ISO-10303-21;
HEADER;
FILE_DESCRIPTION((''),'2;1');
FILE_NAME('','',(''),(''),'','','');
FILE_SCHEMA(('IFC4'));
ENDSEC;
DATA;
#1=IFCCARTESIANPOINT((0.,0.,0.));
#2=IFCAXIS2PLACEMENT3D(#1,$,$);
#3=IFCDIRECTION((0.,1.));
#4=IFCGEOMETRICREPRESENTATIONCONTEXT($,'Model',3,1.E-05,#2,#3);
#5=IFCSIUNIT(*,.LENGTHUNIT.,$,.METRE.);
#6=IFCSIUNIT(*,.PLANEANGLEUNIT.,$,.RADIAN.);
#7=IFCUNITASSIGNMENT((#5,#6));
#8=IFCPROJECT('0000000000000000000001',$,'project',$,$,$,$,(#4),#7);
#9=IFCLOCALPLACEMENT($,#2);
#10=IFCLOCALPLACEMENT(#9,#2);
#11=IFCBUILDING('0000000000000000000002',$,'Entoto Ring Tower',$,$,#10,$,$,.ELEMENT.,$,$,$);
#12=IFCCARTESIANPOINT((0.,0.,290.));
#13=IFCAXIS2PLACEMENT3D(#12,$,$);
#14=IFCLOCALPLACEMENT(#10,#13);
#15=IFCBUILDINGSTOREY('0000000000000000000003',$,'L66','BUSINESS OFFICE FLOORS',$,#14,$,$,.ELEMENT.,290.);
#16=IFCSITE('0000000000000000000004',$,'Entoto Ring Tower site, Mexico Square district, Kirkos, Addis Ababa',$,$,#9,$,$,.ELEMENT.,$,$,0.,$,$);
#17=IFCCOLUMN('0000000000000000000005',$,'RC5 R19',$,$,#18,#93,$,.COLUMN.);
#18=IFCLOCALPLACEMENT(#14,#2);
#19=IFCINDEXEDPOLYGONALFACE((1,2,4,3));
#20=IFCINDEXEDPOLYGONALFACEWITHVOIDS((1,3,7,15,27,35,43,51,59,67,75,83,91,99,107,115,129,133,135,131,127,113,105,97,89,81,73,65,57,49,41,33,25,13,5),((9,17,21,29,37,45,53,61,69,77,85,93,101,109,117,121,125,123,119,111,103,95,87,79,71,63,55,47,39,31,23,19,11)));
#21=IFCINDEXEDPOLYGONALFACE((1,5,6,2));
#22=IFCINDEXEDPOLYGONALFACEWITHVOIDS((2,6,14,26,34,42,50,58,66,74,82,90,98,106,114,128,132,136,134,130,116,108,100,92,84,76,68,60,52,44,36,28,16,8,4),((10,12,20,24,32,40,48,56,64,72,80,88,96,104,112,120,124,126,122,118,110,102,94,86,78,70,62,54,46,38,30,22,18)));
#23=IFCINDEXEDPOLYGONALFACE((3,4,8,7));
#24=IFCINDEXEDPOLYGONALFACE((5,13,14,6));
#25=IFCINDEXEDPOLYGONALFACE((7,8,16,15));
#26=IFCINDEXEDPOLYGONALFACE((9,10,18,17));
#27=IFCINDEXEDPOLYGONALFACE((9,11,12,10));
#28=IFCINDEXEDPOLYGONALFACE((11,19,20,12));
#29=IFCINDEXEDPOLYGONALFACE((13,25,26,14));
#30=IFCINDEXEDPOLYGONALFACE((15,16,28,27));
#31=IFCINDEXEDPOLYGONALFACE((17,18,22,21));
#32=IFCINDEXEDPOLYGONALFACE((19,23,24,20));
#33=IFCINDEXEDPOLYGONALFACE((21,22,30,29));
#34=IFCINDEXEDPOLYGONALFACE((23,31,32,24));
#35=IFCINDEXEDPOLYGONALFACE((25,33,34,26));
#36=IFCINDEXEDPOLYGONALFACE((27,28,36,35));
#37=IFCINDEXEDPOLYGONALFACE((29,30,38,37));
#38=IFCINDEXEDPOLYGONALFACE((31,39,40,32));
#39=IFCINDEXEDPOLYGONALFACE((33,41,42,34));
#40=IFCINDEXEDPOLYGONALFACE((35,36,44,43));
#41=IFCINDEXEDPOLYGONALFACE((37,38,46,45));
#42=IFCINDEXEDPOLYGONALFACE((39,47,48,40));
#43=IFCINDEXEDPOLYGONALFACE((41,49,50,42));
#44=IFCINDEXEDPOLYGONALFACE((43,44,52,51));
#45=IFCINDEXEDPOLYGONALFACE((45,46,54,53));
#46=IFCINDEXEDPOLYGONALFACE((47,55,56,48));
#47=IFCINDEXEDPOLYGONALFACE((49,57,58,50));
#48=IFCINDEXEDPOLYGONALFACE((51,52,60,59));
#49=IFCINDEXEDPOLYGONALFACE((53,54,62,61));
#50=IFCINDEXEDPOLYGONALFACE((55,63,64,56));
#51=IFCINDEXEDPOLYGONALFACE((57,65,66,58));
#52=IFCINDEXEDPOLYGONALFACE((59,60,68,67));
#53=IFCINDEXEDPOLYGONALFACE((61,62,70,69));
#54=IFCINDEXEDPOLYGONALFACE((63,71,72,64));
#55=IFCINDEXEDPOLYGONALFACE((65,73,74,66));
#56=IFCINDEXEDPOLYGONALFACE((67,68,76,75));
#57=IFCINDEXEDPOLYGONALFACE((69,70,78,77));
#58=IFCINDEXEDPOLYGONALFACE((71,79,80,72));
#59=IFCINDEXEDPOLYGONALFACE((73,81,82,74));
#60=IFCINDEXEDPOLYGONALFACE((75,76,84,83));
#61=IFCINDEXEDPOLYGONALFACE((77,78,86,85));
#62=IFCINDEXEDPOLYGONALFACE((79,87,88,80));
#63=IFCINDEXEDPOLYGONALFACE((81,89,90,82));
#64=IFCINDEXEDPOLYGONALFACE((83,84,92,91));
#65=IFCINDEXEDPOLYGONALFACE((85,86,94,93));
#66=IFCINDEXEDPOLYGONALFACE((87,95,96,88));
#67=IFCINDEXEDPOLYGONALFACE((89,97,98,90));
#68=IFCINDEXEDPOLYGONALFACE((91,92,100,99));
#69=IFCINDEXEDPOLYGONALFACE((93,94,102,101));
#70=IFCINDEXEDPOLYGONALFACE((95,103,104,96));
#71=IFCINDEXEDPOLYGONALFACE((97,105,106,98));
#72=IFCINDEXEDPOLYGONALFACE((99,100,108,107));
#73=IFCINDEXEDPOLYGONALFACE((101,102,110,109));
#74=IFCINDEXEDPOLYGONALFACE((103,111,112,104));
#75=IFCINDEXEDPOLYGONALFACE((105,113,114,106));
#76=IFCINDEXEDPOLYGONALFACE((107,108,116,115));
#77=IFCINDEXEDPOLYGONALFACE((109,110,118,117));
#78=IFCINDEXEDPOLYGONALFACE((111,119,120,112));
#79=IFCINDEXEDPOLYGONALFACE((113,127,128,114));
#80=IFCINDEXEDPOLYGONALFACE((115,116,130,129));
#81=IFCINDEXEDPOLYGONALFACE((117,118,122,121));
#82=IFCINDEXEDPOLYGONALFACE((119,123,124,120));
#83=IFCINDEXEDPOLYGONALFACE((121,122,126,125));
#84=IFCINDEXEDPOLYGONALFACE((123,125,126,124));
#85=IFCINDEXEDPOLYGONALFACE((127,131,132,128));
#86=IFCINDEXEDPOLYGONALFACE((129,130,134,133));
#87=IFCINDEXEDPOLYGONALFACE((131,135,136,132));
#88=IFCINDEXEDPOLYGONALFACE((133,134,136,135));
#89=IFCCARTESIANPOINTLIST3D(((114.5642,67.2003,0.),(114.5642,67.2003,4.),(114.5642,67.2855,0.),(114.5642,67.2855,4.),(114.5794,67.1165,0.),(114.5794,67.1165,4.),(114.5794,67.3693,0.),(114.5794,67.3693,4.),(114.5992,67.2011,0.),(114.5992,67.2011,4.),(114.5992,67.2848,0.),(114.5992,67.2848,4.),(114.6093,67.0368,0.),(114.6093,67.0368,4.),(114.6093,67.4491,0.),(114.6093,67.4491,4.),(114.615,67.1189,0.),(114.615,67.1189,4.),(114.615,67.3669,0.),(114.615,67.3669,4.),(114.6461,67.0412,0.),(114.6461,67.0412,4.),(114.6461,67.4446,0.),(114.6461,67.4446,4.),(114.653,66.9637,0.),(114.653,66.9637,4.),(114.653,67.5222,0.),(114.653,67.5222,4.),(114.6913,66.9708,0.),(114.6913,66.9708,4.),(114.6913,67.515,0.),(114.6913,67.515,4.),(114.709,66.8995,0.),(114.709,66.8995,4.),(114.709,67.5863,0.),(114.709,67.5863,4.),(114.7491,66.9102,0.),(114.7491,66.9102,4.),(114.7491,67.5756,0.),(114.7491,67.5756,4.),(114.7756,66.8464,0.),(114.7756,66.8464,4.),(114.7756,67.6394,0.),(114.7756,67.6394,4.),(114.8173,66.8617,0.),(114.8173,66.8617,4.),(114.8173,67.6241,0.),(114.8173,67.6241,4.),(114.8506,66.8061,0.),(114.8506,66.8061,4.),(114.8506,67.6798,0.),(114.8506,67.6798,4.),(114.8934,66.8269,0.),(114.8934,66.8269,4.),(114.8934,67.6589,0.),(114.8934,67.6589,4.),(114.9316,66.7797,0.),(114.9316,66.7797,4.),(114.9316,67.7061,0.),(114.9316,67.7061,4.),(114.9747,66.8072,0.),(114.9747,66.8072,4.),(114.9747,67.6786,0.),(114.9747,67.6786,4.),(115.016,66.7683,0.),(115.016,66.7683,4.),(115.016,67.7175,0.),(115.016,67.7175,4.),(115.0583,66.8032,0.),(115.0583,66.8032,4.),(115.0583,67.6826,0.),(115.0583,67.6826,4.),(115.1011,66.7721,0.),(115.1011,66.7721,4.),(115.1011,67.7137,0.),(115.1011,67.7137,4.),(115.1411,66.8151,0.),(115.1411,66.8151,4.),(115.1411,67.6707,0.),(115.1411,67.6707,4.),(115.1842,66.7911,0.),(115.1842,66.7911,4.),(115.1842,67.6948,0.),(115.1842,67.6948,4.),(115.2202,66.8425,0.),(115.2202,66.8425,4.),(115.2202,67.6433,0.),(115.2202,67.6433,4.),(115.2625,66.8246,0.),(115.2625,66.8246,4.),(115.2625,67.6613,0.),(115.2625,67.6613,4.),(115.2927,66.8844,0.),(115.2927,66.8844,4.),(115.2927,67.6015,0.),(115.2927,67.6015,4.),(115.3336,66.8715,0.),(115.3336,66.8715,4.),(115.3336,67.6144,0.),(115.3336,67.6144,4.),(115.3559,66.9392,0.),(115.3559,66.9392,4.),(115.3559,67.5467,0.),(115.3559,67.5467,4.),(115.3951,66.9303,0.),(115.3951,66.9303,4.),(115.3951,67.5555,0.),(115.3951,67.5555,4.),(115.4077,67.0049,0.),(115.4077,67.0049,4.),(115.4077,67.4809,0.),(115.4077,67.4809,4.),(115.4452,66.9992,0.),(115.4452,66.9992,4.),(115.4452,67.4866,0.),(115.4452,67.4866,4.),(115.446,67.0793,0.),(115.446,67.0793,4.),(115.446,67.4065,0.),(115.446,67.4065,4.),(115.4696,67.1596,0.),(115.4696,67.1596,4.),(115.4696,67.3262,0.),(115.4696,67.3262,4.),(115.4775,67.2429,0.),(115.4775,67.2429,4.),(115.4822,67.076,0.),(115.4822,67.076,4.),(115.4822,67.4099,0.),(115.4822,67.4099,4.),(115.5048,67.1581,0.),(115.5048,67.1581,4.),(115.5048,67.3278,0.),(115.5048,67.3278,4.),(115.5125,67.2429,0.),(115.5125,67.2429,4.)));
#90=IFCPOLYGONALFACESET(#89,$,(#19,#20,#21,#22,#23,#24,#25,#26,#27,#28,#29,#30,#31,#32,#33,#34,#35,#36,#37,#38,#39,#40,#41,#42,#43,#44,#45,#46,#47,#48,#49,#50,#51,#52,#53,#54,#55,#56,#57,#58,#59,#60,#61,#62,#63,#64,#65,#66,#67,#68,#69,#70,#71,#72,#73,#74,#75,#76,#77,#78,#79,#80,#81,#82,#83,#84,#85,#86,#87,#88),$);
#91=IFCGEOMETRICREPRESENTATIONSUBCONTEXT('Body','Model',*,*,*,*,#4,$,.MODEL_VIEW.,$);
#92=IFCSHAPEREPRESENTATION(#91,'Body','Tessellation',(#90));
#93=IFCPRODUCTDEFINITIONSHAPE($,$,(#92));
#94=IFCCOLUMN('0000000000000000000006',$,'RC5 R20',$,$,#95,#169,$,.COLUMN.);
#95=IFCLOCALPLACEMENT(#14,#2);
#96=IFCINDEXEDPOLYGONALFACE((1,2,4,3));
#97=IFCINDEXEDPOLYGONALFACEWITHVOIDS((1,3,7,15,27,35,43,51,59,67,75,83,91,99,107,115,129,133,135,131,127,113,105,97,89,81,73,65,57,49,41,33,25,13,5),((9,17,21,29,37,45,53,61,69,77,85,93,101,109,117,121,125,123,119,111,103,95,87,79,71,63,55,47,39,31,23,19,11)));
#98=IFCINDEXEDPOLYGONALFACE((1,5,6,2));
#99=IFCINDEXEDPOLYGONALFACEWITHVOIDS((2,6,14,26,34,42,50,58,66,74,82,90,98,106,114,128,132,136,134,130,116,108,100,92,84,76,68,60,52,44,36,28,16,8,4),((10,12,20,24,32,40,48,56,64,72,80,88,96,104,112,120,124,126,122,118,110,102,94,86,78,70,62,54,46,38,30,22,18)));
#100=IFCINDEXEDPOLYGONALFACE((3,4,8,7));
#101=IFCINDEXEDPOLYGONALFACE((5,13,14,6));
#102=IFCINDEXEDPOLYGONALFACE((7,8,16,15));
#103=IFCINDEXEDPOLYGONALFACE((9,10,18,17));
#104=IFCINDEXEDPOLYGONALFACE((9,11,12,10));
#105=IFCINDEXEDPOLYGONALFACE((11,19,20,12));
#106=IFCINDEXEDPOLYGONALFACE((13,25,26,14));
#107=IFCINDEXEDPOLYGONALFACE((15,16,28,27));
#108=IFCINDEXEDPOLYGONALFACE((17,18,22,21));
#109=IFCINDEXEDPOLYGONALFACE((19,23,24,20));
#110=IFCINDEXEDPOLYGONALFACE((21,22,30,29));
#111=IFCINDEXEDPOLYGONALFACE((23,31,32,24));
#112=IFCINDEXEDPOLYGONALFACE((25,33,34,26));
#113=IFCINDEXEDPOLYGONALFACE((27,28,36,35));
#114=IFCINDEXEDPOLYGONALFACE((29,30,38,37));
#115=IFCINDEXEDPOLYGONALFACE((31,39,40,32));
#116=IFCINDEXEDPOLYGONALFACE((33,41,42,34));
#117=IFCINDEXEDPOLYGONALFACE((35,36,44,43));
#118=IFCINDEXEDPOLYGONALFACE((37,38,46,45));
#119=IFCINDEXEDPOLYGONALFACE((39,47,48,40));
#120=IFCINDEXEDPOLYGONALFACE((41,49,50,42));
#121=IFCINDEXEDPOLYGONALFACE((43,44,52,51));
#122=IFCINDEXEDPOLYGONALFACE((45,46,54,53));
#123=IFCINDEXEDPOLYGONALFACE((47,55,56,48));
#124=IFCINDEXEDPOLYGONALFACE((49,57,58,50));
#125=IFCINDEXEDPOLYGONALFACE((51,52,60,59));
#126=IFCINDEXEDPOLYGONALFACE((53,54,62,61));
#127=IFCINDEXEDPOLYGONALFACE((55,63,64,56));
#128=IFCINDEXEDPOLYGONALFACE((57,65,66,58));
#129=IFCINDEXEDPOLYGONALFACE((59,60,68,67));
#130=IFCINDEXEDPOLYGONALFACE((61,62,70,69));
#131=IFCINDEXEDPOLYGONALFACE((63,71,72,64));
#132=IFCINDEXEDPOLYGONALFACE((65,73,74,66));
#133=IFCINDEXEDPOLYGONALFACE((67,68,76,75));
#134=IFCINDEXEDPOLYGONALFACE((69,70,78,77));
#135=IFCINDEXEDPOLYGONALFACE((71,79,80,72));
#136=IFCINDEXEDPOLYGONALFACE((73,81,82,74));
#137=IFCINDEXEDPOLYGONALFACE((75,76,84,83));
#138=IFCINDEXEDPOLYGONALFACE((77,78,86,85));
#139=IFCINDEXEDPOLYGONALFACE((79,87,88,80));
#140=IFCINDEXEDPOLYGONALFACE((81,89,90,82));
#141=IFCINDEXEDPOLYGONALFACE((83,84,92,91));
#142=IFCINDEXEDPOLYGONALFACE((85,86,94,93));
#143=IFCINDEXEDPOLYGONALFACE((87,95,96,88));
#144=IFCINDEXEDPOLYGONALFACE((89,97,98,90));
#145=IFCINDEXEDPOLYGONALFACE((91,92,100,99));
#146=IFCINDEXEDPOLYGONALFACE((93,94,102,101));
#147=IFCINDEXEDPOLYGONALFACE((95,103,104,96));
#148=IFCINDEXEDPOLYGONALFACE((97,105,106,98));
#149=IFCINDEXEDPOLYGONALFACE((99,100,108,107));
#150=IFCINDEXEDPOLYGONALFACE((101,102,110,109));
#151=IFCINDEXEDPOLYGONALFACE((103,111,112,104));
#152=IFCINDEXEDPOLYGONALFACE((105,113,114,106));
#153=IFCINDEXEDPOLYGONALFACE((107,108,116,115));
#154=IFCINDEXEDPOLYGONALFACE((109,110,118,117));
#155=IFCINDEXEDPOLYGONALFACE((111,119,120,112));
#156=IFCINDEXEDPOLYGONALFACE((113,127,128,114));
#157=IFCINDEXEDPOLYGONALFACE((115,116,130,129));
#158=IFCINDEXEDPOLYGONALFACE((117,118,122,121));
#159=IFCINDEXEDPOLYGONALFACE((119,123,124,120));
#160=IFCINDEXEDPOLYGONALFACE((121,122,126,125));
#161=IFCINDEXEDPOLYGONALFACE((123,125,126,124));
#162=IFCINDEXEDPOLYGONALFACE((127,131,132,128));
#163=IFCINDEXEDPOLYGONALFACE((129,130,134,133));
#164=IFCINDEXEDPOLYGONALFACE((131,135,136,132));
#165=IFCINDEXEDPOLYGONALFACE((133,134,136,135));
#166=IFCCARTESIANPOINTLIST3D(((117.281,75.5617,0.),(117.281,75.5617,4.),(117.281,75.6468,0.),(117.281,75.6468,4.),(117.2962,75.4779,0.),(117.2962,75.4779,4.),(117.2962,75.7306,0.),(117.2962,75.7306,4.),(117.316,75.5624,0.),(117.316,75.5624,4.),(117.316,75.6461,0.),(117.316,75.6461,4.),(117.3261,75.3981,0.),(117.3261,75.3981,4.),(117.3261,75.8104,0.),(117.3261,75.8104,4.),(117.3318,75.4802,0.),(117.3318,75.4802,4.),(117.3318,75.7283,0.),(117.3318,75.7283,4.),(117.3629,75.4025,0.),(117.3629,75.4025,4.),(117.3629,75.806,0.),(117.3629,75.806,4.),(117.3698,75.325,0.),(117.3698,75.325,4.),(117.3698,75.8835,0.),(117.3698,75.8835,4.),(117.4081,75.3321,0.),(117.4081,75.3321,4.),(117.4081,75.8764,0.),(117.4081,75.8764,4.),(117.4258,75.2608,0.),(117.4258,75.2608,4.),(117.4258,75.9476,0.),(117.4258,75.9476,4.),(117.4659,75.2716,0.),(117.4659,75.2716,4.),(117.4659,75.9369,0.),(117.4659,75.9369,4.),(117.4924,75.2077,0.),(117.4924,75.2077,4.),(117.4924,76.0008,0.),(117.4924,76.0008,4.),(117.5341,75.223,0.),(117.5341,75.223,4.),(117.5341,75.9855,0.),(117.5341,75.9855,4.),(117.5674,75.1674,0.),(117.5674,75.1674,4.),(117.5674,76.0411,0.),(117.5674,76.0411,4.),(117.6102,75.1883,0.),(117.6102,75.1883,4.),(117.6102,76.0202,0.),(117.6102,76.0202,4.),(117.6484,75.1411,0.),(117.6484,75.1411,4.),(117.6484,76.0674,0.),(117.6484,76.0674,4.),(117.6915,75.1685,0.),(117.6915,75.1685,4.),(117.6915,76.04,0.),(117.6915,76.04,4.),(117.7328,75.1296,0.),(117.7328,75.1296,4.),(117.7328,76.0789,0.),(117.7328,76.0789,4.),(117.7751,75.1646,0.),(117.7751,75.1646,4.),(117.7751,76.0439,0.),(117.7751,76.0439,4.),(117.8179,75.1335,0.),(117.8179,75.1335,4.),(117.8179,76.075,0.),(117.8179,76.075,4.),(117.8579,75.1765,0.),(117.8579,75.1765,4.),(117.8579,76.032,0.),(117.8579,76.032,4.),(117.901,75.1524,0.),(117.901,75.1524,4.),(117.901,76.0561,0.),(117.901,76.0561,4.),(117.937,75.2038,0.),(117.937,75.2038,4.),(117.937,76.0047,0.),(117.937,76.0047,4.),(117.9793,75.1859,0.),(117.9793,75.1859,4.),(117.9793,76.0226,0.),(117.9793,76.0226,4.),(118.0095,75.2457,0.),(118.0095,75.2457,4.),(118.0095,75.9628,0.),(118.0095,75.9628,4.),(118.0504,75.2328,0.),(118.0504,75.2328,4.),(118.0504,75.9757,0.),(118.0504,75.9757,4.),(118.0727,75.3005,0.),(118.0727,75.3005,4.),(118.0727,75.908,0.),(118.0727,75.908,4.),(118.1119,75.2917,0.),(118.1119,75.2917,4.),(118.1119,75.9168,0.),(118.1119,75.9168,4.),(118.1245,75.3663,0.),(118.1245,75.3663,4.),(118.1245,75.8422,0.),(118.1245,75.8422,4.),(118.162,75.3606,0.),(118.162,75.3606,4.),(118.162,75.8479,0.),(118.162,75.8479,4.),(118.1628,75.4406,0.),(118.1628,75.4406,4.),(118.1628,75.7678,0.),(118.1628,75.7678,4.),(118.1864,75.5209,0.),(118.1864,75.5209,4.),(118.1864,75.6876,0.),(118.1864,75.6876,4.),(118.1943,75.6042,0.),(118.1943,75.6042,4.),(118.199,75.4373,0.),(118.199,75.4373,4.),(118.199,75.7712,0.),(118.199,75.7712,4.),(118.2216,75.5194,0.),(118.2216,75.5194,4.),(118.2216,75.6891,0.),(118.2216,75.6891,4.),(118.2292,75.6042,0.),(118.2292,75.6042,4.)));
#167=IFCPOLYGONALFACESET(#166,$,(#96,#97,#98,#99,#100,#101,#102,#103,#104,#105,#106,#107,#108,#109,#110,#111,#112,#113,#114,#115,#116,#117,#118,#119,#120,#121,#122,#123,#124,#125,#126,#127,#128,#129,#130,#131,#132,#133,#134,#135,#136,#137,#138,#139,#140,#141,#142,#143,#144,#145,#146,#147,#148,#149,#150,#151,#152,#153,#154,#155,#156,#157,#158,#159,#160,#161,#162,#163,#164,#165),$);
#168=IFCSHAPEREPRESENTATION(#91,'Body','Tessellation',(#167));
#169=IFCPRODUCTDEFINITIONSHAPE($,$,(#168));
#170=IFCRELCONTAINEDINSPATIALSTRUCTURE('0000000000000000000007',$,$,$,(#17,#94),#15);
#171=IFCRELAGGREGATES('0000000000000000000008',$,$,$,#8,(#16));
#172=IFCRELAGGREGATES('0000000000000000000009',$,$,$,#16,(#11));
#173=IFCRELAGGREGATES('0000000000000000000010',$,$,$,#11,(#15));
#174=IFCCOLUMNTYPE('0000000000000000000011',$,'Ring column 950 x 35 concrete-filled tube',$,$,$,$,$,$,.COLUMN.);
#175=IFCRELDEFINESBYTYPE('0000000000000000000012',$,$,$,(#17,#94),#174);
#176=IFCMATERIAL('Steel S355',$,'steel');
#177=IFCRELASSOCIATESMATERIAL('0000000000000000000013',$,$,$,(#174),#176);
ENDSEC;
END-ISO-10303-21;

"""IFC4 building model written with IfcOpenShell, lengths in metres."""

from ifc_helpers import new_model, si_unit, direction, frame, origin, origin_2d, place, context, subcontext, project, spatial, circle, hollow_circle, extrude, material, material_profile, profile_set, type_object, element, save


model = new_model("IFC4")

# Units and contexts
model_context = context("Model", 3, precision=1e-05, world=origin(), true_north=direction((0.0, 1.0)))
body_context = subcontext(model_context, "Body", "Model", "MODEL_VIEW")
ifc_project = project(units=[si_unit("LENGTHUNIT", "METRE"), si_unit("PLANEANGLEUNIT", "RADIAN")], contexts=[model_context])

# Site, building, storey
site_placement = place(None, origin())
site = spatial("IfcSite", under=ifc_project, at=site_placement, Name="Entoto Ring Tower site, Mexico Square district, Kirkos, Addis Ababa", CompositionType="ELEMENT", RefElevation=0.0)
building_placement = place(site_placement, origin())
building = spatial("IfcBuilding", under=site, at=building_placement, Name="Entoto Ring Tower", CompositionType="ELEMENT")
storey_placement = place(building_placement, frame((0.0, 0.0, 290.0)))
storey = spatial("IfcBuildingStorey", under=building, at=storey_placement, Name="L66", Description="BUSINESS OFFICE FLOORS", CompositionType="ELEMENT", Elevation=290.0)

# Columns
ifc_material_1 = material(Name="Steel S355", Category="steel")
ifc_material_profile_1 = material_profile(ifc_material_1, hollow_circle(Radius=0.4751, WallThickness=0.0349, at=origin_2d()), Name="CHS 950 x 35")
ifc_material_2 = material(Name="Concrete C60/75", Category="concrete")
ifc_material_profile_2 = material_profile(ifc_material_2, circle(Radius=0.4399, at=origin_2d()), Name="Concrete C60/75 infill")
ifc_profile_set_1 = profile_set([ifc_material_profile_1, ifc_material_profile_2], Name="Steel S355")
column_type = type_object("IfcColumnType", Name="Ring column 950 x 35 concrete-filled tube", PredefinedType="COLUMN", material=ifc_profile_set_1)
for number, where, z_axis, x_axis, name in (
    (1, (115.0374, 67.2429, 0.0), (0.0, 0.0, 1.0), (1.0, 0.0, 0.0), "RC5 R19"),
    (2, (117.7542, 75.6042, 0.0), (0.0, 0.0, 1.0), (1.0, 0.0, 0.0), "RC5 R20"),
):
    element("IfcColumn", number, at=place(storey_placement, frame(where, z_axis=z_axis, x_axis=x_axis)), inside=storey, type_object=column_type, Name=name, PredefinedType="COLUMN", context=body_context, shape_type="SweptSolid", body=[
        extrude(hollow_circle(Radius=0.4751, WallThickness=0.0349, at=origin_2d()), origin(), (0.0, 0.0, 1.0), 4.0),
    ])

save(model, "model.ifc")
